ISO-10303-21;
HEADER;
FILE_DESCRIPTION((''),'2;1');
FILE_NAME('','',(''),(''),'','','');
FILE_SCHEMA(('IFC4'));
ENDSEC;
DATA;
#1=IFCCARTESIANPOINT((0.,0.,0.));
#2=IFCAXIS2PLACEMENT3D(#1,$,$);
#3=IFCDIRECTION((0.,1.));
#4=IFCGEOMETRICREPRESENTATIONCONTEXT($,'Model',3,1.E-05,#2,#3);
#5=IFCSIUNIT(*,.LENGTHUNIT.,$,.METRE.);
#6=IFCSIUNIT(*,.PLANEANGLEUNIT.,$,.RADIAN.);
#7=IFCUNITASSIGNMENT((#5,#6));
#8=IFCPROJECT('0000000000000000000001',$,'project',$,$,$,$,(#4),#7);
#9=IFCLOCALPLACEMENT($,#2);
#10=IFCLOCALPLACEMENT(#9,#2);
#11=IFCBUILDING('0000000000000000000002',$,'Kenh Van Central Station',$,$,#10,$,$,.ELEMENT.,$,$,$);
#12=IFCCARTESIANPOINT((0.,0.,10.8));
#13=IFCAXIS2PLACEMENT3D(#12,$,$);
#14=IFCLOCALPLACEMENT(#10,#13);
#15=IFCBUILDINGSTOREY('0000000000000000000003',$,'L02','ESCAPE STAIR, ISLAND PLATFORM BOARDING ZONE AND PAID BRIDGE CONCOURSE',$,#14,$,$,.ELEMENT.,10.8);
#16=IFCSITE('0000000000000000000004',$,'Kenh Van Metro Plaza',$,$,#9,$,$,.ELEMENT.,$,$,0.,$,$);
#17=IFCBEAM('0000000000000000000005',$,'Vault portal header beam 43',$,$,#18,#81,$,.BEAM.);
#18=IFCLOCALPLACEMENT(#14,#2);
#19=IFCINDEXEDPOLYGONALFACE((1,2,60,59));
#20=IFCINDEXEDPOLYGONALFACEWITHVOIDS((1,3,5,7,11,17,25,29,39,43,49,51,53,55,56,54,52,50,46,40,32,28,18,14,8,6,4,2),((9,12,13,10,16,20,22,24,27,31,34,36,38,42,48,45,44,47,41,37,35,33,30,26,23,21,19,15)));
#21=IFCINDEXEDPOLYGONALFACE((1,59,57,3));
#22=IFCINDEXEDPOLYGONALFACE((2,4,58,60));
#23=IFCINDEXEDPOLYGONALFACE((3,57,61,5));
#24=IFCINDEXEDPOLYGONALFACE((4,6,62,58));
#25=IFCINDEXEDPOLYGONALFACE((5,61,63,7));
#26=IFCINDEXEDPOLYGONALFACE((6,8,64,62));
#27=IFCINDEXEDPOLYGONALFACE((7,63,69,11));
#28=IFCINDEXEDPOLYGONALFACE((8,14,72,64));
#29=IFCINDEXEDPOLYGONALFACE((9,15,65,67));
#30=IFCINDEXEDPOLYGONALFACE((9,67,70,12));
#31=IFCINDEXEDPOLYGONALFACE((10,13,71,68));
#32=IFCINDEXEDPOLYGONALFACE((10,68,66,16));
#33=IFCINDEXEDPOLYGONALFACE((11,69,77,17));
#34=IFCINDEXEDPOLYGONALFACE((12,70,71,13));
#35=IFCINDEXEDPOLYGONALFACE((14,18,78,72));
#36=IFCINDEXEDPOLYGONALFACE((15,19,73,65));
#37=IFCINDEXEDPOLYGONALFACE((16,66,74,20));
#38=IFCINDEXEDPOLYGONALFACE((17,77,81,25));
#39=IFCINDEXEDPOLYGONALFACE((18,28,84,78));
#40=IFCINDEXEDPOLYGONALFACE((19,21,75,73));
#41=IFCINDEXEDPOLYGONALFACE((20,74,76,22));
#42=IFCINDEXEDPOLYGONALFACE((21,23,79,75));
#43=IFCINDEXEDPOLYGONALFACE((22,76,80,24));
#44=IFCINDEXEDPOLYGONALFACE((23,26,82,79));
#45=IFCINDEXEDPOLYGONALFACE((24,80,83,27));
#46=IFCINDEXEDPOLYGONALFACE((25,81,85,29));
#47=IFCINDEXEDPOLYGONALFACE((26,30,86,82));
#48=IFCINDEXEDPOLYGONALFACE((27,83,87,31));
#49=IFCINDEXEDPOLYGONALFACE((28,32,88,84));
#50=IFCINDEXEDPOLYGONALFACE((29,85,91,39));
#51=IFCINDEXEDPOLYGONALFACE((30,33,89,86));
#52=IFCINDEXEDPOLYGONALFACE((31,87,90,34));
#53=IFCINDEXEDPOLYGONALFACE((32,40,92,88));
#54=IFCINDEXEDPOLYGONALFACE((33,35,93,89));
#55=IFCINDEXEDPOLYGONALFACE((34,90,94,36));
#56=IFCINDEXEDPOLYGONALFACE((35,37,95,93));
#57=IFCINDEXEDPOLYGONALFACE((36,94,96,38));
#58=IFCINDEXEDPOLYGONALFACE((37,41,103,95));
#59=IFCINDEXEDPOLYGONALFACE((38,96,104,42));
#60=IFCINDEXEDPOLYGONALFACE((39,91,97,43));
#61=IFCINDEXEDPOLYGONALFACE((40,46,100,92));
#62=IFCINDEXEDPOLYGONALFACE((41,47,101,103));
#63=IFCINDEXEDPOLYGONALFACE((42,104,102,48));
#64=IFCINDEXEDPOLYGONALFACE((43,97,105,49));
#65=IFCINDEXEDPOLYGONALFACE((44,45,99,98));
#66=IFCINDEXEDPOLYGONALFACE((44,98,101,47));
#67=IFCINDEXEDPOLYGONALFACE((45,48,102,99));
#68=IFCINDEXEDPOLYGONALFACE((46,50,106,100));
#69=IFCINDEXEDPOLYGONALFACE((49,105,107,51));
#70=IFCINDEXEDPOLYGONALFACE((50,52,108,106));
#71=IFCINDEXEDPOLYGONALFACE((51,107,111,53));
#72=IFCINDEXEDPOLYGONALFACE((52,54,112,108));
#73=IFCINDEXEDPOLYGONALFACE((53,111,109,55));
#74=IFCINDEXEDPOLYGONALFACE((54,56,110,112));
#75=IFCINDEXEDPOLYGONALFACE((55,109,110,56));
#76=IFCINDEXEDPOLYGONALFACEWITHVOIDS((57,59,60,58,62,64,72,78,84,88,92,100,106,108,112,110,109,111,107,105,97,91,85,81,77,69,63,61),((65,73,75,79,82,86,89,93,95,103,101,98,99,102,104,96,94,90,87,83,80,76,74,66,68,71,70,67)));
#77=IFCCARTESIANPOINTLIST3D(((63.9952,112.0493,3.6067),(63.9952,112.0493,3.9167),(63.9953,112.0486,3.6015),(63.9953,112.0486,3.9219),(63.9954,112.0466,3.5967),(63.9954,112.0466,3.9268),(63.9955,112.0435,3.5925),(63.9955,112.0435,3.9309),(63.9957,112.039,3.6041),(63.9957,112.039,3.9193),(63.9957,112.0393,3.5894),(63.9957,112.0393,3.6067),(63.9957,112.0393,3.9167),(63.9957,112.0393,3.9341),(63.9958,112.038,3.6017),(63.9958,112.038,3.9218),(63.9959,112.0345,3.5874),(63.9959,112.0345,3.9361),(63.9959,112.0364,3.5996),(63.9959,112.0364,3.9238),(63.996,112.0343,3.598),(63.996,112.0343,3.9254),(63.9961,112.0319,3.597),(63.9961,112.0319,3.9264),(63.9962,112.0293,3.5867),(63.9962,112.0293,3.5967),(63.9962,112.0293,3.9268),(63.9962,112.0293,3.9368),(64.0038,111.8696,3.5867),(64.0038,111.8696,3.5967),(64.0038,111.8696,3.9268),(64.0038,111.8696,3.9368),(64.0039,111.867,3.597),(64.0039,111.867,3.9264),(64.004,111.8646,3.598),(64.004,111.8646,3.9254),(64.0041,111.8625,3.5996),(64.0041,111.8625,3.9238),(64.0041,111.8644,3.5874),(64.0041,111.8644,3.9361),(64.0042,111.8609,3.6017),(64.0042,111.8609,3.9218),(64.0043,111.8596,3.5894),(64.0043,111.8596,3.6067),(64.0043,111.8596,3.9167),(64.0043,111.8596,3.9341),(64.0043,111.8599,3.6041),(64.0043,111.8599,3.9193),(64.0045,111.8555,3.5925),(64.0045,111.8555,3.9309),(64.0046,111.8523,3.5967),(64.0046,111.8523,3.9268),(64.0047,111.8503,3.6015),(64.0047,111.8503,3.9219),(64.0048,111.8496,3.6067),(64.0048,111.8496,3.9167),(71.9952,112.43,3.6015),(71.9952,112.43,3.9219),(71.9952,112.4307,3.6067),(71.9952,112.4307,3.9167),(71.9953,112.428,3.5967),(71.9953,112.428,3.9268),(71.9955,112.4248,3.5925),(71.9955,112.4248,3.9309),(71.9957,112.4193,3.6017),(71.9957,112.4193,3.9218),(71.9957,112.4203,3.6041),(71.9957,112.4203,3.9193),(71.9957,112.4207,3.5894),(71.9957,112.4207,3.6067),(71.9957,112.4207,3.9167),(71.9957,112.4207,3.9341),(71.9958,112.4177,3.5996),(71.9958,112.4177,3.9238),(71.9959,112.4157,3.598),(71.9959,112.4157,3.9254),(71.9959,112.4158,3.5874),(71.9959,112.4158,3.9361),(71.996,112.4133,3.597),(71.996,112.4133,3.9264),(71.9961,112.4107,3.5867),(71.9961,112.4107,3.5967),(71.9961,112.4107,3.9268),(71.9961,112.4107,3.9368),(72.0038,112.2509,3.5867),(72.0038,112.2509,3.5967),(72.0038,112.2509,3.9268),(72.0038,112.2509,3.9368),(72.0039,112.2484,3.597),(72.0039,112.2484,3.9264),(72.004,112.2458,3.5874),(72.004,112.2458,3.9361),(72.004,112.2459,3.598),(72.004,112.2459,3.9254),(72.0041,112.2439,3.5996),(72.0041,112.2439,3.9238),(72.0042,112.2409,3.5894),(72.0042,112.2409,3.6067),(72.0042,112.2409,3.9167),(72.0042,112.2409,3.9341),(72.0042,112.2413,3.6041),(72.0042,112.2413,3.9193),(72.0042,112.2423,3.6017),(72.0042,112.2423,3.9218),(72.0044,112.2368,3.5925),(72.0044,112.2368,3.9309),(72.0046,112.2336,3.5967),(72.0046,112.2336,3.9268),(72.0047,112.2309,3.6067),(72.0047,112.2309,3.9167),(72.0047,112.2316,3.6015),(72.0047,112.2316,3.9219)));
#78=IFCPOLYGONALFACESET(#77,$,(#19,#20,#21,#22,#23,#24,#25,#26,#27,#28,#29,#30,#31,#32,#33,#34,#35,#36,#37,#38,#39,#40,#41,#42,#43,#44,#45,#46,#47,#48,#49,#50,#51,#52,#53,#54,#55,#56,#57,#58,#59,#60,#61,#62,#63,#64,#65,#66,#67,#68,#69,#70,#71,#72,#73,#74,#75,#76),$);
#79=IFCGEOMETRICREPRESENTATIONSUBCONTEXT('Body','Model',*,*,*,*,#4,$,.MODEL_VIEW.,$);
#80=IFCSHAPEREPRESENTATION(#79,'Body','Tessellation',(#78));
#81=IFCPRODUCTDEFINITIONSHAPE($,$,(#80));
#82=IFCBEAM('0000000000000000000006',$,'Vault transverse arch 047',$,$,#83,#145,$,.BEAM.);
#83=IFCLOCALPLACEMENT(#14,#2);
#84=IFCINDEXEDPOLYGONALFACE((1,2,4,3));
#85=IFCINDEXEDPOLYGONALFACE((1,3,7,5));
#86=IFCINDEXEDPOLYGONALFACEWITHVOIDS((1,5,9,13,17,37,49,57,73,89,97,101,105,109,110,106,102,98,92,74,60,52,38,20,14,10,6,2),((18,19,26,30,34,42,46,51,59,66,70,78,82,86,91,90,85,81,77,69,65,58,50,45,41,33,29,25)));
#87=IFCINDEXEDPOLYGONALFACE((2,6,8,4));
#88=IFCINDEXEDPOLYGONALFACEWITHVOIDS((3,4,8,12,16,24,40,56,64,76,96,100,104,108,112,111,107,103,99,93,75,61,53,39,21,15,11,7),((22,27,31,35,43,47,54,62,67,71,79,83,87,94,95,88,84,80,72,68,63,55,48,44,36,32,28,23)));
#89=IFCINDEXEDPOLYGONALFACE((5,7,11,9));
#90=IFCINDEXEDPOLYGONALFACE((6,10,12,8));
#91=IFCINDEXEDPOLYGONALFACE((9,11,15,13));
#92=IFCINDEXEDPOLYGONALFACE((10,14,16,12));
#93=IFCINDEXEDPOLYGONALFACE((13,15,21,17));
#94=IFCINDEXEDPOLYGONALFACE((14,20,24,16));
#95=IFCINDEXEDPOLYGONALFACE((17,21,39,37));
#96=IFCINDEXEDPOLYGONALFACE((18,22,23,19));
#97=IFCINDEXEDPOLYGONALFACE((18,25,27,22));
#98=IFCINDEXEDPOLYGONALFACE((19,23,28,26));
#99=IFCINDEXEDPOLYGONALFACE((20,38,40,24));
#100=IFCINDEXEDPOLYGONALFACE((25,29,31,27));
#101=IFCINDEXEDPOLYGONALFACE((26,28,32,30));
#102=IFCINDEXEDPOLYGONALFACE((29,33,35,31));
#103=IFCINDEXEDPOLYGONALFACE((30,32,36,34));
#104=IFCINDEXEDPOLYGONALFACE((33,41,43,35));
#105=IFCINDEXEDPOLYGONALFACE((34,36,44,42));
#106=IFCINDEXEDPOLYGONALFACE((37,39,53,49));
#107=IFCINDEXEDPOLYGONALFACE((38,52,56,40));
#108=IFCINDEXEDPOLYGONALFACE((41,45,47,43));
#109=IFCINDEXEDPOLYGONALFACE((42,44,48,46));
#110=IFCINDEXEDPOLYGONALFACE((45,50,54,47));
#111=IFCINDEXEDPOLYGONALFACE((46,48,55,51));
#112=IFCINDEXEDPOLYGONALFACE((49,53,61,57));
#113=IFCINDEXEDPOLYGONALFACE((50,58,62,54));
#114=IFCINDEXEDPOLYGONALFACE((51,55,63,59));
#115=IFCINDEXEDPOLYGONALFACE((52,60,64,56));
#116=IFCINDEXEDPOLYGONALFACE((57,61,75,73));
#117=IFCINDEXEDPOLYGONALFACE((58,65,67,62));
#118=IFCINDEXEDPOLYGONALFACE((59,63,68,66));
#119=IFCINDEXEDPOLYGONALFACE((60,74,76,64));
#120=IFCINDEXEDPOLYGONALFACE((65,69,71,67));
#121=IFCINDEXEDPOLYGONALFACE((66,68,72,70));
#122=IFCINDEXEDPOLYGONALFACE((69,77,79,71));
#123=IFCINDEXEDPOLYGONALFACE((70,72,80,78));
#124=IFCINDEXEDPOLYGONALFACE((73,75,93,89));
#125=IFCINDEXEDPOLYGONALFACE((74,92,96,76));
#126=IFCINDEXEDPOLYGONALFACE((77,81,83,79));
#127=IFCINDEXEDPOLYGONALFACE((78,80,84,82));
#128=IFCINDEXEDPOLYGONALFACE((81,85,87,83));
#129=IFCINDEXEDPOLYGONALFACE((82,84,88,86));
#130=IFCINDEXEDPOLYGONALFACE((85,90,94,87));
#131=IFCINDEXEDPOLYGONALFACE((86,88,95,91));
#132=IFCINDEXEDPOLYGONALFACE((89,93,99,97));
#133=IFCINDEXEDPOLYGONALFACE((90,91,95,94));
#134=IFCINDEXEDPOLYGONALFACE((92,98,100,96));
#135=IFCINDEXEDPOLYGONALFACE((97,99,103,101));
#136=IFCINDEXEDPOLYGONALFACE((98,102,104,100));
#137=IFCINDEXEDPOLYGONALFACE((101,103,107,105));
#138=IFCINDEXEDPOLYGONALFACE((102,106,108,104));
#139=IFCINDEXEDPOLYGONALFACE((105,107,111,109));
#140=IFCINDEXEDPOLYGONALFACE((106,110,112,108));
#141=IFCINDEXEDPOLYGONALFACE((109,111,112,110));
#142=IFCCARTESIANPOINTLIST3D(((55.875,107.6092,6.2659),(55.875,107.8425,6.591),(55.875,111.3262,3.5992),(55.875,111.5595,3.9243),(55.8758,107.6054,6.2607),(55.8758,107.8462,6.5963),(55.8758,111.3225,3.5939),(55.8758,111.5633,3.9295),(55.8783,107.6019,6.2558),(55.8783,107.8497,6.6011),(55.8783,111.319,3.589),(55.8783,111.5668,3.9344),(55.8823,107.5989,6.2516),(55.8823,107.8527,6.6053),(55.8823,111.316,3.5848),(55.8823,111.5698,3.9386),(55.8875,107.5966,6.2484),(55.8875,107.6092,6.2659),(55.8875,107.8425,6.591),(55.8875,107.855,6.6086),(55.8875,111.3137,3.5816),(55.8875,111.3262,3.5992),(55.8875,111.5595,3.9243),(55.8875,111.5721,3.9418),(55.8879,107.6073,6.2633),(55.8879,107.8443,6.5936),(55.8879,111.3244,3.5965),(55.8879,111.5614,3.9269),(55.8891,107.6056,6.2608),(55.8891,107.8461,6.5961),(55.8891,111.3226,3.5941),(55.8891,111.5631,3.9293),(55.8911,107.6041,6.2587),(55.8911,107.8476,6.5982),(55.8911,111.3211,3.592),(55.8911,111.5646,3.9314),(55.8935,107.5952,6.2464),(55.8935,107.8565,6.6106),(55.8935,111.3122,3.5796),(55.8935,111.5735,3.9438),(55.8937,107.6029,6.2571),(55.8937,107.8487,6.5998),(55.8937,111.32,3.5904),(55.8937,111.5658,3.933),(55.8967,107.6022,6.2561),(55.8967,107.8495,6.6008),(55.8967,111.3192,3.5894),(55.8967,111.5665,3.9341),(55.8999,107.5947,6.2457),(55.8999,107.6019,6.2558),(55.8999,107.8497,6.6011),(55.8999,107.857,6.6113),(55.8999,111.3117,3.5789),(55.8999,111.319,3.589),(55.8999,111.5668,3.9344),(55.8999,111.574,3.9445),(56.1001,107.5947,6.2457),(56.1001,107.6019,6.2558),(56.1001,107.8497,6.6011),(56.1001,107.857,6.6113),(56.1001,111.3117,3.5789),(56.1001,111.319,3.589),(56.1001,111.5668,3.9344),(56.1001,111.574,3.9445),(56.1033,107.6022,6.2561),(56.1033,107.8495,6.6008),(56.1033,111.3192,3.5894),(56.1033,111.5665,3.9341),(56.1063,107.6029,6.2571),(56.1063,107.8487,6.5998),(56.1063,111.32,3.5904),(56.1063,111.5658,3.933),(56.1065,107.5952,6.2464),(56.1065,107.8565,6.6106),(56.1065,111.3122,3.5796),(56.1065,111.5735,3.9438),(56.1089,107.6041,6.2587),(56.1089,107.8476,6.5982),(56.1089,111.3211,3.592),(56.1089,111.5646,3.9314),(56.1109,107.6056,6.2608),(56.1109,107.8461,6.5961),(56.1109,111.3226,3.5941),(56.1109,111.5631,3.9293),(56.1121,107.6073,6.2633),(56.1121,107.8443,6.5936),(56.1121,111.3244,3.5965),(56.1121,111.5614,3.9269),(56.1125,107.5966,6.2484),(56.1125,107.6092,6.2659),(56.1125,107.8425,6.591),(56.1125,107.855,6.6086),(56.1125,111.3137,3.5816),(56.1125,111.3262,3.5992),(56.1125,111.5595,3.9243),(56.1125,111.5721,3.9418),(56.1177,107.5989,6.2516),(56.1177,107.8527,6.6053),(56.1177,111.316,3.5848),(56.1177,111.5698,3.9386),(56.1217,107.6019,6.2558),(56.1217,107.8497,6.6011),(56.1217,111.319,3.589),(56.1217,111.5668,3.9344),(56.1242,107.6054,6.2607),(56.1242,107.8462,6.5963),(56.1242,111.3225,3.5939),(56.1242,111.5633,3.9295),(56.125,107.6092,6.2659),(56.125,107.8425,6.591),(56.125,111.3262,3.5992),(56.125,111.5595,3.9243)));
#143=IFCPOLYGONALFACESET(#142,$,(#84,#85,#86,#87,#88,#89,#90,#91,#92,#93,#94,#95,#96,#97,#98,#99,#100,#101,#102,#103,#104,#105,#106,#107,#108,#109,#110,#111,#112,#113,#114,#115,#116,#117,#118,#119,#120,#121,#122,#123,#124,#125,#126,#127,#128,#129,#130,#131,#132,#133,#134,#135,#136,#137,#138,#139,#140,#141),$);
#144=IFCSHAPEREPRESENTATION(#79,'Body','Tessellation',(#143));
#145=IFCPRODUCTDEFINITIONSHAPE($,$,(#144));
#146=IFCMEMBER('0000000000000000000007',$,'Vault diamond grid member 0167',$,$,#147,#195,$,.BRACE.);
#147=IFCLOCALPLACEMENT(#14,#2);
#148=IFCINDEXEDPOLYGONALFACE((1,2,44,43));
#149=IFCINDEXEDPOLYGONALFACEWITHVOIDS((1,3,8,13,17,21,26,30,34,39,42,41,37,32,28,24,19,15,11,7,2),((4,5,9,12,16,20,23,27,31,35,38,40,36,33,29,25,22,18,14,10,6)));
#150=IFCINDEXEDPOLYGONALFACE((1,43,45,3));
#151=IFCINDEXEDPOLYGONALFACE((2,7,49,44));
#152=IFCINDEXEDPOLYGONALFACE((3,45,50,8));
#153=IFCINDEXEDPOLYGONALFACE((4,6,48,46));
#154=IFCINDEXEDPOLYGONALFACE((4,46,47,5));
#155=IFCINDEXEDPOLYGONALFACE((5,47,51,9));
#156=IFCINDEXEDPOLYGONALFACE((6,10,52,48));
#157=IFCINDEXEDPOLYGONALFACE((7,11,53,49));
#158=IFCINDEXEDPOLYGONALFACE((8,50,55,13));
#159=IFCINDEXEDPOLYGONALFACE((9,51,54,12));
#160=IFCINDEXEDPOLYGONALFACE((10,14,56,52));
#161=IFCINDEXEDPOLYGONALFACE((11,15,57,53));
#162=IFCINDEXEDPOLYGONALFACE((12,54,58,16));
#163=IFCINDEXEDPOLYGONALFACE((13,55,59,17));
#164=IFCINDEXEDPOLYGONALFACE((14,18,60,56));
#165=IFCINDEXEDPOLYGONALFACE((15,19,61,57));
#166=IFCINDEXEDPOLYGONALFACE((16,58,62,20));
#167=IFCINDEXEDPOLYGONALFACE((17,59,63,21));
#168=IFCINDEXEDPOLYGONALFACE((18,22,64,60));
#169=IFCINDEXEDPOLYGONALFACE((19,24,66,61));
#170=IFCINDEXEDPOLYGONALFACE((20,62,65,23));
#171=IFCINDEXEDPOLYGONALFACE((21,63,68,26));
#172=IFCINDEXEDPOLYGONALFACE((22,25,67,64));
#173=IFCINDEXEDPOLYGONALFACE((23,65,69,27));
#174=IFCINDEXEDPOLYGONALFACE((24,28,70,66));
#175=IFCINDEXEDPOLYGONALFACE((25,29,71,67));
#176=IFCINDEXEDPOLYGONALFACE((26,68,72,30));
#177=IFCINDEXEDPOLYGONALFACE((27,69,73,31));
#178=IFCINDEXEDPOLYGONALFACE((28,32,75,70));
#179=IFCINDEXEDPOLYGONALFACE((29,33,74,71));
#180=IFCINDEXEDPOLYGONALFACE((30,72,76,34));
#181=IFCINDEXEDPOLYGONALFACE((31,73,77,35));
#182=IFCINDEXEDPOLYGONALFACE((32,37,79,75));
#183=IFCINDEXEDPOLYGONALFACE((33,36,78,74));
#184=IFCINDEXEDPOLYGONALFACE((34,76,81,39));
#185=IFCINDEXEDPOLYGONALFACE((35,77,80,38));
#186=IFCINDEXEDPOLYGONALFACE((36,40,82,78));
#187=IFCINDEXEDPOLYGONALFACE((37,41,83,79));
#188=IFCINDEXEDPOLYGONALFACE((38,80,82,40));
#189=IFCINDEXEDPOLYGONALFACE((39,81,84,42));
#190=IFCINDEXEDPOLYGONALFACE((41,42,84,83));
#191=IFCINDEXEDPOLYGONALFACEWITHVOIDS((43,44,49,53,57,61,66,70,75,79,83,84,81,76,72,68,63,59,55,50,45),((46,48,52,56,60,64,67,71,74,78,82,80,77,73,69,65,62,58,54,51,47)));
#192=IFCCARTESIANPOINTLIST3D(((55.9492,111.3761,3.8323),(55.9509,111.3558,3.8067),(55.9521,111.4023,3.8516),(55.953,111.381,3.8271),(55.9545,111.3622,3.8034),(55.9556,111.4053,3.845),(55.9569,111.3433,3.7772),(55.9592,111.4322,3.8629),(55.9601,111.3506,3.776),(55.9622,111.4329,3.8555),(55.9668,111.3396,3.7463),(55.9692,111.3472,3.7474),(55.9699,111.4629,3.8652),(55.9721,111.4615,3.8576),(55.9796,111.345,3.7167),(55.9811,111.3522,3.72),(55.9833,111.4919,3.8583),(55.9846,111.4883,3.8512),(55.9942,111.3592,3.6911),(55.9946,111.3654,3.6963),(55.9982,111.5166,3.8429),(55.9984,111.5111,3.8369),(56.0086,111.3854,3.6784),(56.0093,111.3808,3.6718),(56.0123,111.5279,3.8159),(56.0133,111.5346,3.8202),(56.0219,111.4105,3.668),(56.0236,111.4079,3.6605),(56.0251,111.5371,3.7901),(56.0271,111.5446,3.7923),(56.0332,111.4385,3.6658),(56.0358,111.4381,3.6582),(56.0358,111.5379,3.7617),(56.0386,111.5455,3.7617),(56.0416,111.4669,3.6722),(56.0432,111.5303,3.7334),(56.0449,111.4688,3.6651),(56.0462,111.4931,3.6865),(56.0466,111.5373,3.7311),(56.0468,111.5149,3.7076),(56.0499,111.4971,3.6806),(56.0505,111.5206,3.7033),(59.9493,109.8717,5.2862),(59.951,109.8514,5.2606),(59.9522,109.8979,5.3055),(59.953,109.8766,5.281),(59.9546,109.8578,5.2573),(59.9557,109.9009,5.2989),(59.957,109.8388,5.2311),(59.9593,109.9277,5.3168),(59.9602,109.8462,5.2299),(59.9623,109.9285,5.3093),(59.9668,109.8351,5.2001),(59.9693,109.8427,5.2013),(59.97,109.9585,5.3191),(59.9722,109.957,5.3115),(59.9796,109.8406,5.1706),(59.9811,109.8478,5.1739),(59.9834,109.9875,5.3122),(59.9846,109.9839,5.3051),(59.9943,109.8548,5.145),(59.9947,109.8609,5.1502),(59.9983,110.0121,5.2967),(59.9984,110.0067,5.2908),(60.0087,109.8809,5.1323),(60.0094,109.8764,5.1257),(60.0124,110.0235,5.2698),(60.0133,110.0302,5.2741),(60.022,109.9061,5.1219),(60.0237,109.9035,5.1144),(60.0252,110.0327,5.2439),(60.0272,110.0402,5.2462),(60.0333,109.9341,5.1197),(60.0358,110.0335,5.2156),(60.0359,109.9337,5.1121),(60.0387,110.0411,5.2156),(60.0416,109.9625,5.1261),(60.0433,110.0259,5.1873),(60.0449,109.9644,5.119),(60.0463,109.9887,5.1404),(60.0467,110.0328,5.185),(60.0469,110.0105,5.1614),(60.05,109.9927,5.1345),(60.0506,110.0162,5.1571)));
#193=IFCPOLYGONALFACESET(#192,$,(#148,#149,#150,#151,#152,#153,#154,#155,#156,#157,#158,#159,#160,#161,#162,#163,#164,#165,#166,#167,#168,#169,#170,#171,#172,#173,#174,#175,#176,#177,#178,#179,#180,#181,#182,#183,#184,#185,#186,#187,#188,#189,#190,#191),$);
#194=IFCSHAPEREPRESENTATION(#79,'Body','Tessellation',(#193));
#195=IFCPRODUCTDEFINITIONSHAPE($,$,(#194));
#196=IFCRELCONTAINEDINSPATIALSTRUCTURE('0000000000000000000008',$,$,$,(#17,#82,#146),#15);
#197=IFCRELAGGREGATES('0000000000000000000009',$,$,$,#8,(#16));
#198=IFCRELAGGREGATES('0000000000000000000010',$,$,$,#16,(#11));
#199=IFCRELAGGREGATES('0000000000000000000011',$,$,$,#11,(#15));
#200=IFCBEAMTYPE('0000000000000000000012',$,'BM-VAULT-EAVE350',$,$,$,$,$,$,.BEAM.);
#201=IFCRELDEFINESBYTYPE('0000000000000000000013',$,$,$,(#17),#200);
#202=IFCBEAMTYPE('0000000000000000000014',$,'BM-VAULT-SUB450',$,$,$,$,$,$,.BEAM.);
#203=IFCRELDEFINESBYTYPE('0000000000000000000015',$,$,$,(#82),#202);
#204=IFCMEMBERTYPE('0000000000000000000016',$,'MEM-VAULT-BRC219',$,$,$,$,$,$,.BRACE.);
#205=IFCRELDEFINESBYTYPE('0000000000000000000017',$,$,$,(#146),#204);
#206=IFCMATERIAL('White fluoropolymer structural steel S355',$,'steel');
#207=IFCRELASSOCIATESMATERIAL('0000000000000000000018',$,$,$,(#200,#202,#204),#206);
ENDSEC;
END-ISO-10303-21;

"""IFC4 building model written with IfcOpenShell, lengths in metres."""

from ifc_helpers import new_model, si_unit, direction, frame, origin, origin_2d, place, context, subcontext, project, spatial, hollow_rectangle, hollow_circle, extrude, material, material_profile, profile_set, type_object, element, save


model = new_model("IFC4")

# Units and contexts
model_context = context("Model", 3, precision=1e-05, world=origin(), true_north=direction((0.0, 1.0)))
body_context = subcontext(model_context, "Body", "Model", "MODEL_VIEW")
ifc_project = project(units=[si_unit("LENGTHUNIT", "METRE"), si_unit("PLANEANGLEUNIT", "RADIAN")], contexts=[model_context])

# Site, building, storey
site_placement = place(None, origin())
site = spatial("IfcSite", under=ifc_project, at=site_placement, Name="Kenh Van Metro Plaza", CompositionType="ELEMENT", RefElevation=0.0)
building_placement = place(site_placement, origin())
building = spatial("IfcBuilding", under=site, at=building_placement, Name="Kenh Van Central Station", CompositionType="ELEMENT")
storey_placement = place(building_placement, frame((0.0, 0.0, 10.8)))
storey = spatial("IfcBuildingStorey", under=building, at=storey_placement, Name="L02", Description="ESCAPE STAIR, ISLAND PLATFORM BOARDING ZONE AND PAID BRIDGE CONCOURSE", CompositionType="ELEMENT", Elevation=10.8)

# Beams
ifc_material_1 = material(Name="White fluoropolymer structural steel S355", Category="steel")
ifc_material_profile_1 = material_profile(ifc_material_1, hollow_rectangle(XDim=0.2, YDim=0.3501, WallThickness=0.01, InnerFilletRadius=0.01, OuterFilletRadius=0.02, at=origin_2d()), Name="RHS 350x200x10")
ifc_profile_set_1 = profile_set([ifc_material_profile_1], Name="White fluoropolymer structural steel S355")
beam_type_1 = type_object("IfcBeamType", Name="BM-VAULT-EAVE350", PredefinedType="BEAM", material=ifc_profile_set_1)
beam_1_placement = place(storey_placement, frame((64.0, 111.9495, 3.7617), z_axis=(0.998866, 0.047614, 0.0), x_axis=(-0.047614, 0.998866, 0.0)))
element("IfcBeam", 1, at=beam_1_placement, inside=storey, type_object=beam_type_1, Name="Vault portal header beam 43", PredefinedType="BEAM", context=body_context, shape_type="SweptSolid", body=[
    extrude(hollow_rectangle(XDim=0.2, YDim=0.3501, WallThickness=0.01, InnerFilletRadius=0.01, OuterFilletRadius=0.02, at=origin_2d()), origin(), (0.0, 0.0, 1.0), 8.009),
])
ifc_material_profile_2 = material_profile(ifc_material_1, hollow_rectangle(XDim=0.25, YDim=0.45, WallThickness=0.0125, InnerFilletRadius=0.0125, OuterFilletRadius=0.0249, at=origin_2d()), Name="RHS 450x250x12.5")
ifc_profile_set_2 = profile_set([ifc_material_profile_2], Name="White fluoropolymer structural steel S355")
beam_type_2 = type_object("IfcBeamType", Name="BM-VAULT-SUB450", PredefinedType="BEAM", material=ifc_profile_set_2)
beam_2_placement = place(storey_placement, frame((56.0, 107.7258, 6.4285), z_axis=(0.0, 0.81252, -0.582933), x_axis=(-1.0, 0.0, 0.0)))
element("IfcBeam", 2, at=beam_2_placement, inside=storey, type_object=beam_type_2, Name="Vault transverse arch 047", PredefinedType="BEAM", context=body_context, shape_type="SweptSolid", body=[
    extrude(hollow_rectangle(XDim=0.25, YDim=0.45, WallThickness=0.0125, InnerFilletRadius=0.0125, OuterFilletRadius=0.0249, at=origin_2d()), origin(), (0.0, 0.0, 1.0), 4.5747),
])

# Member
ifc_material_profile_3 = material_profile(ifc_material_1, hollow_circle(Radius=0.1096, WallThickness=0.0081, at=origin_2d()), Name="CHS 219.1x8")
ifc_profile_set_3 = profile_set([ifc_material_profile_3], Name="White fluoropolymer structural steel S355")
member_type_1 = type_object("IfcMemberType", Name="MEM-VAULT-BRC219", PredefinedType="BRACE", material=ifc_profile_set_3)
member_1_placement = place(storey_placement, frame((56.0, 111.4429, 3.7617), z_axis=(0.886117, -0.333267, 0.322072), x_axis=(0.352025, 0.935991, 0.0)))
element("IfcMember", 3, at=member_1_placement, inside=storey, type_object=member_type_1, Name="Vault diamond grid member 0167", PredefinedType="BRACE", context=body_context, shape_type="SweptSolid", body=[
    extrude(hollow_circle(Radius=0.1096, WallThickness=0.0081, at=origin_2d()), origin(), (0.0, 0.0, 1.0), 4.5142),
])

save(model, "model.ifc")
